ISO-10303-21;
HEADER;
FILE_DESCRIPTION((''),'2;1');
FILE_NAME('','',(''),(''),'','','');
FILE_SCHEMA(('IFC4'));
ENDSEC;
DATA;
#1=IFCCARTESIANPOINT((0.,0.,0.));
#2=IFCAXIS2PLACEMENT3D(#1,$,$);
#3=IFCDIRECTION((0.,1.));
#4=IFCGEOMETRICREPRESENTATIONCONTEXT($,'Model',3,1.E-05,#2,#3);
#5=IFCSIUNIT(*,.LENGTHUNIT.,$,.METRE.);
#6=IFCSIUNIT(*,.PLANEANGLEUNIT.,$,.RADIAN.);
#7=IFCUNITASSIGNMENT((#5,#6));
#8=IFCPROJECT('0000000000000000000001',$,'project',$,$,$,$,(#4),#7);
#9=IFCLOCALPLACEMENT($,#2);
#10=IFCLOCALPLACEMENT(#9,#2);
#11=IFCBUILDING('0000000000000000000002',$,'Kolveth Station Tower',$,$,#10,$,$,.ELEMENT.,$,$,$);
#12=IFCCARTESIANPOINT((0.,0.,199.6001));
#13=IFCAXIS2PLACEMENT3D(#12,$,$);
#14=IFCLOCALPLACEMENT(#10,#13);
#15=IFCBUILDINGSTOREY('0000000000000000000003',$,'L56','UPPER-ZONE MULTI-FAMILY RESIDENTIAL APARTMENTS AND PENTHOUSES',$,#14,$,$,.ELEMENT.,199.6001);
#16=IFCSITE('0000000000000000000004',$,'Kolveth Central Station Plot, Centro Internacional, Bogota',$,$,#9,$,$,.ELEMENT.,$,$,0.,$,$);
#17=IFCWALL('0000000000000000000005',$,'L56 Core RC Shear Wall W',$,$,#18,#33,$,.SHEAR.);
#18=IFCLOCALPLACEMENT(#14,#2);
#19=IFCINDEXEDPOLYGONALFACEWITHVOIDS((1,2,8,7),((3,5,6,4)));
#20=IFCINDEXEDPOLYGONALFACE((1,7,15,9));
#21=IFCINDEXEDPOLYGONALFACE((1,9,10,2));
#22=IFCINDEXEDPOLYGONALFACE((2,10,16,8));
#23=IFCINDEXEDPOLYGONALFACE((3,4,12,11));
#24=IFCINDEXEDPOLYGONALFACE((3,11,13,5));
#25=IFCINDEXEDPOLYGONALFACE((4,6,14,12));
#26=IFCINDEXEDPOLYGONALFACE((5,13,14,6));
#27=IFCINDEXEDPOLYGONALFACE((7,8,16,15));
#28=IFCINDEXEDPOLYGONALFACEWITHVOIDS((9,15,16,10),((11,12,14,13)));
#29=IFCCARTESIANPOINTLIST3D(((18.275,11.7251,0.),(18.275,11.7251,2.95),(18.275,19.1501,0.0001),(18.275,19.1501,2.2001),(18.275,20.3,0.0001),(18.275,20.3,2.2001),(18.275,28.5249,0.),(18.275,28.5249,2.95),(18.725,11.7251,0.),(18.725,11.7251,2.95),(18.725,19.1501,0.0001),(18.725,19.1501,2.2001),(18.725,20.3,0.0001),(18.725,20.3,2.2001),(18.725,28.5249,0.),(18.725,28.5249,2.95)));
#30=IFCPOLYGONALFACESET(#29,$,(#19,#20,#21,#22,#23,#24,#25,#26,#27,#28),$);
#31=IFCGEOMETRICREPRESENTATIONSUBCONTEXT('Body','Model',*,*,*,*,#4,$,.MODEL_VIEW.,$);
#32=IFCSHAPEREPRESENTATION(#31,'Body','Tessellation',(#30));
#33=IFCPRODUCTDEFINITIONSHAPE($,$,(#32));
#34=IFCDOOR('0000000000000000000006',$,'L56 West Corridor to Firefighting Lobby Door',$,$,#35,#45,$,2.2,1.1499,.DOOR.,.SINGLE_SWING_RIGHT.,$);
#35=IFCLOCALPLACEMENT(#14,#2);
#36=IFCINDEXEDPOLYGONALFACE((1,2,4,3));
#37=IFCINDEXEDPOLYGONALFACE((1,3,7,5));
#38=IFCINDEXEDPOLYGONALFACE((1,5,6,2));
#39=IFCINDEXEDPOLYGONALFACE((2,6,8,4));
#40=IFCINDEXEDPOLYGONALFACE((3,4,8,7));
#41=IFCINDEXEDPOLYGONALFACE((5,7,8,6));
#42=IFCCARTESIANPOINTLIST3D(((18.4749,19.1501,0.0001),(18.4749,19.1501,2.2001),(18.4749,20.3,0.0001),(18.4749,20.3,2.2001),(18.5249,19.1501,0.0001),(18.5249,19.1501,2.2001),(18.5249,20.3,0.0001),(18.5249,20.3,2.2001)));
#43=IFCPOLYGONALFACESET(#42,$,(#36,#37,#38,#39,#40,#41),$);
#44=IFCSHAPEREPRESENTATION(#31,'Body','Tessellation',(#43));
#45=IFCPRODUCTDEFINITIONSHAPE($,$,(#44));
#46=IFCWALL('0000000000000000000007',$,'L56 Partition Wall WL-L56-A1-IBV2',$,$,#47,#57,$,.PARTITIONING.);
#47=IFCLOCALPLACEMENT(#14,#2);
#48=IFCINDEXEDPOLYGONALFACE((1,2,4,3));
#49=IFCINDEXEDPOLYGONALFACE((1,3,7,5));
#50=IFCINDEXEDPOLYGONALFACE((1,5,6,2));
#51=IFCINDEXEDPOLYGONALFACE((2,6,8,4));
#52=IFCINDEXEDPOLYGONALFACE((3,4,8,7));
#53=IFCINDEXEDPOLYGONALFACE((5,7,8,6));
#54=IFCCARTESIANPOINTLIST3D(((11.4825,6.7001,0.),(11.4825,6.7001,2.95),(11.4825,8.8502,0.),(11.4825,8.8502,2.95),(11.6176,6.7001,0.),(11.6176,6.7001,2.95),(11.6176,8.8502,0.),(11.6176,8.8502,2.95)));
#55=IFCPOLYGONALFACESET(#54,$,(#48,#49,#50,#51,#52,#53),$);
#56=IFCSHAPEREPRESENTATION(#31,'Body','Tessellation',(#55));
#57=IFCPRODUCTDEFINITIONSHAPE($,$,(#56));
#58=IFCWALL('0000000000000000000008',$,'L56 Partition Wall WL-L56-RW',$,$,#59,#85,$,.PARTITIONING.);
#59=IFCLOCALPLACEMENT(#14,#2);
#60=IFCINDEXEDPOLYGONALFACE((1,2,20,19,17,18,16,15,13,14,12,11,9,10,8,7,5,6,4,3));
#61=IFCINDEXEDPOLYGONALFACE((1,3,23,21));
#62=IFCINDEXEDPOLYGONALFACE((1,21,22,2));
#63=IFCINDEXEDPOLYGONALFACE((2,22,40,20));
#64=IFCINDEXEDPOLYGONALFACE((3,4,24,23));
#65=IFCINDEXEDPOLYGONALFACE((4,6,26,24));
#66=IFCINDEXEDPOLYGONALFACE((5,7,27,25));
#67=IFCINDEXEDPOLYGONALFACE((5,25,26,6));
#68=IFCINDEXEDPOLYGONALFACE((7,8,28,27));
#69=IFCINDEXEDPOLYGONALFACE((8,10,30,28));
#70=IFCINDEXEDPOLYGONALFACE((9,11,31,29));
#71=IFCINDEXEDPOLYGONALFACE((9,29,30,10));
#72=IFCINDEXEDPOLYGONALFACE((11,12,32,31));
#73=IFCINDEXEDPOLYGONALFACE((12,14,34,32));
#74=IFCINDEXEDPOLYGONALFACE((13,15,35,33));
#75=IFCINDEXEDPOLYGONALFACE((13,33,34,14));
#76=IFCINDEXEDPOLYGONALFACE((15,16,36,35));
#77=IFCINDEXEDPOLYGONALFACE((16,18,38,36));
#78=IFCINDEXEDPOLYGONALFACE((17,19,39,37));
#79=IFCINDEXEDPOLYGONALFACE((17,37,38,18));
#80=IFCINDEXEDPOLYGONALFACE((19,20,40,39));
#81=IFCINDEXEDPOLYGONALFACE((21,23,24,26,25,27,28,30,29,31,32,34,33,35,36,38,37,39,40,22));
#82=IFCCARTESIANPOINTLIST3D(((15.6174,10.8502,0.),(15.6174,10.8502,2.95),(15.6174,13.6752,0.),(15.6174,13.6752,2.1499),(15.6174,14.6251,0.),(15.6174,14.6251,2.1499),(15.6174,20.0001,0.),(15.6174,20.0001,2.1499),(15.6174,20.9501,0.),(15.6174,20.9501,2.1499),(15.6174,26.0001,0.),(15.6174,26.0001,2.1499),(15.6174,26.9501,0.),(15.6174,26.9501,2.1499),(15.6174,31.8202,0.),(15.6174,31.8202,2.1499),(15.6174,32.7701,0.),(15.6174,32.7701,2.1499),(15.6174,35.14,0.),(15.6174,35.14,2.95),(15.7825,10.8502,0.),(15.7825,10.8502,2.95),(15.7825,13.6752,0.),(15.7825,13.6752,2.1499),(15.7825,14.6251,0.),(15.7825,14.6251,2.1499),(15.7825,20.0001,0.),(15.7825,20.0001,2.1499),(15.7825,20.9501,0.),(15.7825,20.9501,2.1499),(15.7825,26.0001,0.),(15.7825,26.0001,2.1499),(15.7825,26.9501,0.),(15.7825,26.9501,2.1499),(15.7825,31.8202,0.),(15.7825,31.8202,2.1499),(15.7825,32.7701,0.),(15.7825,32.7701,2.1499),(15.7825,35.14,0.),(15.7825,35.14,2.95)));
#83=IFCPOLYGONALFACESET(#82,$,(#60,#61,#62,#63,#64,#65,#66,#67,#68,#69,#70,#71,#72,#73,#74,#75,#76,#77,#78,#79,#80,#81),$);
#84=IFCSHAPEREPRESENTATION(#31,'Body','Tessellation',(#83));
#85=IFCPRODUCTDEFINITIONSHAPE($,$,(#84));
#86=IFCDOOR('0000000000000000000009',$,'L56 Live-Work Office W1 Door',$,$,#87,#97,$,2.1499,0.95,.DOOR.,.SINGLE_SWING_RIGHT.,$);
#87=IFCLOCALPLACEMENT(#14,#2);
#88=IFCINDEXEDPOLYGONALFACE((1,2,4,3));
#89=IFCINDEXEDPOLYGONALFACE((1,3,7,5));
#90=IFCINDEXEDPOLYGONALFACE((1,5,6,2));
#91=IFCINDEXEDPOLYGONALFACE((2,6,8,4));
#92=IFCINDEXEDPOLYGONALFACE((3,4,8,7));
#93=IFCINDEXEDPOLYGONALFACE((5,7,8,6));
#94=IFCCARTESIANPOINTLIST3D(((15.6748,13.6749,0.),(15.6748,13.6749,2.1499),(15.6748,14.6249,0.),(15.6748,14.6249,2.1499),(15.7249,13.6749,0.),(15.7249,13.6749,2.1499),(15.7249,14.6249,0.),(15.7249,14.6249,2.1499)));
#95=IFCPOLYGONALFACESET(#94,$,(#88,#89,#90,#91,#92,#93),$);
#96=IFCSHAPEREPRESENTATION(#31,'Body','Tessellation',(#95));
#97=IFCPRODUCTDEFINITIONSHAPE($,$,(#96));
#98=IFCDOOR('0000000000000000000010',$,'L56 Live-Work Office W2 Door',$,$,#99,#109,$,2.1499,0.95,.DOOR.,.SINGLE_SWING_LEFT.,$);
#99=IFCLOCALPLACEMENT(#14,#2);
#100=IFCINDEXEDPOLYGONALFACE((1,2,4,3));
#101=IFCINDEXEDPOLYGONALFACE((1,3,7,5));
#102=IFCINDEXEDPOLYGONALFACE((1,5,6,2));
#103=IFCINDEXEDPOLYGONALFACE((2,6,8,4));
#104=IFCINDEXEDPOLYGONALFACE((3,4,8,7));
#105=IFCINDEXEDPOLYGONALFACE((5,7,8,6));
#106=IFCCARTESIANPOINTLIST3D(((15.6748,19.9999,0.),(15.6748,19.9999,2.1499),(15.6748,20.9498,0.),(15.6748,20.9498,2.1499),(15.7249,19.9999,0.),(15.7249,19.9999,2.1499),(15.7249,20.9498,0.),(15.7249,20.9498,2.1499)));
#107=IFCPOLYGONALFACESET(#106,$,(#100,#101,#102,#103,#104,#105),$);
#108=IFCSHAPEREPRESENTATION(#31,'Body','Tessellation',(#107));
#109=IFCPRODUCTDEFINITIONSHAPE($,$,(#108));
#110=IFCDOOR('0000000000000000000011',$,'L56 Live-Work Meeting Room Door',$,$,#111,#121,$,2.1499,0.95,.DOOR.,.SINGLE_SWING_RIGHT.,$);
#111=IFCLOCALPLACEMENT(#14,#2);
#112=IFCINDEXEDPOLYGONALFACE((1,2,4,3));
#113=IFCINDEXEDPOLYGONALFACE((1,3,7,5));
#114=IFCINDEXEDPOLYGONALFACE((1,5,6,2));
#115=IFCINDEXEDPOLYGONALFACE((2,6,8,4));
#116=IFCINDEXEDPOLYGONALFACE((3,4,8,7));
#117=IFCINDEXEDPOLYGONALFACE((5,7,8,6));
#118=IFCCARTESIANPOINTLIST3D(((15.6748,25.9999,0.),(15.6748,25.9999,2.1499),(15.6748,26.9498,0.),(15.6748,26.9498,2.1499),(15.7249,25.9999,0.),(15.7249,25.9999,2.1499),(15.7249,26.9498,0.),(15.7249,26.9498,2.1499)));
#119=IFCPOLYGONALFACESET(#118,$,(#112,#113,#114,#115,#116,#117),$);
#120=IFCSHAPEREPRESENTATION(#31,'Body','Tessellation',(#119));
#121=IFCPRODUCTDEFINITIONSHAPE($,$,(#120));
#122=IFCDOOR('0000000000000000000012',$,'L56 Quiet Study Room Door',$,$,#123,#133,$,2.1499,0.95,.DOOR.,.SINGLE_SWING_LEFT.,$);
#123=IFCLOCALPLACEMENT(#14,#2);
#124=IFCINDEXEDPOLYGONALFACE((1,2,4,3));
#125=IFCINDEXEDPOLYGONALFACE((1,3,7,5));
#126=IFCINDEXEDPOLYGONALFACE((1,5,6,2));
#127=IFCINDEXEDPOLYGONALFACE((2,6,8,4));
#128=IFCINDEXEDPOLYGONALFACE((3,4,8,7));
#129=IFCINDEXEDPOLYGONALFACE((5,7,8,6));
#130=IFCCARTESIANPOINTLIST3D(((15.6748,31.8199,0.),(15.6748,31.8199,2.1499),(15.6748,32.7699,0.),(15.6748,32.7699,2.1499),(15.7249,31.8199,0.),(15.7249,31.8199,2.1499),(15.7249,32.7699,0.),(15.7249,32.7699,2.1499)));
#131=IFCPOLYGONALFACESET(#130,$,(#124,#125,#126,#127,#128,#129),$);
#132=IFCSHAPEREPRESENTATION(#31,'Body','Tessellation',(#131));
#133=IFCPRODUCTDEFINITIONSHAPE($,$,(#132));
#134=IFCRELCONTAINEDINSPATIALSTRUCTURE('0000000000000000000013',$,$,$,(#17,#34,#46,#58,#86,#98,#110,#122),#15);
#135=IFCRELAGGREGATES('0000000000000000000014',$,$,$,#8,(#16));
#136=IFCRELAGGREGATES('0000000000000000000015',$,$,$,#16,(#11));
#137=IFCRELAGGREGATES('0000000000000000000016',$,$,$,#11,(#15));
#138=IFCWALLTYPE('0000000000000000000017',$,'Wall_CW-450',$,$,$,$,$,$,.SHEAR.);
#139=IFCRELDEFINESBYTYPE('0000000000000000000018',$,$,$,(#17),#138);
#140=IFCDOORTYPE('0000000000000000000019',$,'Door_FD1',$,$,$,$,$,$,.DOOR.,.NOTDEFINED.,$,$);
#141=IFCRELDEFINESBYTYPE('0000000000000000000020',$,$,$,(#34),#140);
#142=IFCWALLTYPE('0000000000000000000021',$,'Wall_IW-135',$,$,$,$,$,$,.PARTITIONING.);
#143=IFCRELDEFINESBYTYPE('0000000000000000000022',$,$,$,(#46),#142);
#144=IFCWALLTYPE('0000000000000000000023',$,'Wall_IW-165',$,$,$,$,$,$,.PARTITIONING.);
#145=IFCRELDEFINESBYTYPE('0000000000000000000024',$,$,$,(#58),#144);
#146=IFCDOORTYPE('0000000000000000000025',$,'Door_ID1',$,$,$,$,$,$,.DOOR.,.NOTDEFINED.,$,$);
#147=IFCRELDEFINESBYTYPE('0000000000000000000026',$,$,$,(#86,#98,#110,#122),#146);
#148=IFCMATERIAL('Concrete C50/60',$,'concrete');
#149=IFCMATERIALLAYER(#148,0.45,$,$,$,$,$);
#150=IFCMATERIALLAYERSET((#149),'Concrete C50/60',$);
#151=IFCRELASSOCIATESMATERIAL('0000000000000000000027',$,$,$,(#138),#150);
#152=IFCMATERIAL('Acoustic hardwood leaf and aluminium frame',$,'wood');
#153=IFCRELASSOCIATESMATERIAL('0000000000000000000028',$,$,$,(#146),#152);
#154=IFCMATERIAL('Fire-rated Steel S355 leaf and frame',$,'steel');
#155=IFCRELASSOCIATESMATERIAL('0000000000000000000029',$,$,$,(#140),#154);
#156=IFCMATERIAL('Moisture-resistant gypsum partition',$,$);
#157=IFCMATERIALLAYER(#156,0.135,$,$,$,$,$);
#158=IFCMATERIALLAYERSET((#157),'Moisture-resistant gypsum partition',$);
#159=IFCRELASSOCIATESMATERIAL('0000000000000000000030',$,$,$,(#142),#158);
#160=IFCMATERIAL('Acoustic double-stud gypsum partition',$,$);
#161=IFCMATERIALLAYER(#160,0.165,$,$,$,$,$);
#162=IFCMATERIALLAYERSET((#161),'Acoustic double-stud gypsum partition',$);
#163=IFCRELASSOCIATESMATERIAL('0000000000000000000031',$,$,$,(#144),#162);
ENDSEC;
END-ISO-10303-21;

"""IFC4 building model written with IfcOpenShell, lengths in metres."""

from ifc_helpers import new_model, si_unit, direction, frame, frame_2d, origin, place, context, subcontext, project, spatial, rectangle, extrude, material, layer, layer_set, type_object, element, fill, save


model = new_model("IFC4")

# Units and contexts
model_context = context("Model", 3, precision=1e-05, world=origin(), true_north=direction((0.0, 1.0)))
body_context = subcontext(model_context, "Body", "Model", "MODEL_VIEW")
ifc_project = project(units=[si_unit("LENGTHUNIT", "METRE"), si_unit("PLANEANGLEUNIT", "RADIAN")], contexts=[model_context])

# Site, building, storey
site_placement = place(None, origin())
site = spatial("IfcSite", under=ifc_project, at=site_placement, Name="Kolveth Central Station Plot, Centro Internacional, Bogota", CompositionType="ELEMENT", RefElevation=0.0)
building_placement = place(site_placement, origin())
building = spatial("IfcBuilding", under=site, at=building_placement, Name="Kolveth Station Tower", CompositionType="ELEMENT")
storey_placement = place(building_placement, frame((0.0, 0.0, 199.6001)))
storey = spatial("IfcBuildingStorey", under=building, at=storey_placement, Name="L56", Description="UPPER-ZONE MULTI-FAMILY RESIDENTIAL APARTMENTS AND PENTHOUSES", CompositionType="ELEMENT", Elevation=199.6001)

# Shared definitions
ifc_material_1 = material(Name="Concrete C50/60", Category="concrete")
ifc_layer_1 = layer(ifc_material_1, 0.45)
ifc_layer_set_1 = layer_set([ifc_layer_1], Name="Concrete C50/60")
wall_type_1 = type_object("IfcWallType", Name="Wall_CW-450", PredefinedType="SHEAR", material=ifc_layer_set_1)
ifc_material_2 = material(Name="Acoustic hardwood leaf and aluminium frame", Category="wood")
door_type_1 = type_object("IfcDoorType", Name="Door_ID1", OperationType="NOTDEFINED", PredefinedType="DOOR", material=ifc_material_2)

# Wall, opening, door
wall_1_placement = place(storey_placement, frame((18.5, 11.7251, 0.0), z_axis=(0.0, 0.0, 1.0), x_axis=(0.0, 1.0, 0.0)))
wall_1 = element("IfcWall", 1, at=wall_1_placement, inside=storey, type_object=wall_type_1, Name="L56 Core RC Shear Wall W", PredefinedType="SHEAR", context=body_context, shape_type="SweptSolid", body=[
    extrude(rectangle(XDim=16.7998, YDim=0.45, at=frame_2d((8.3999, 0.0))), origin(), (0.0, 0.0, 1.0), 2.95),
])
opening_1_placement = place(wall_1_placement, frame((7.425, 0.0, 0.0)))
opening_1 = element("IfcOpeningElement", 2, at=opening_1_placement, cuts=wall_1, PredefinedType="OPENING", context=body_context, shape_type="SweptSolid", body=[
    extrude(rectangle(XDim=1.1499, YDim=2.2, at=frame_2d((0.575, 1.1001))), frame((0.0, 0.2349, 0.0), z_axis=(0.0, -1.0, 0.0), x_axis=(1.0, 0.0, 0.0)), (0.0, 0.0, 1.0), 0.47),
])
ifc_material_3 = material(Name="Fire-rated Steel S355 leaf and frame", Category="steel")
door_type_2 = type_object("IfcDoorType", Name="Door_FD1", OperationType="NOTDEFINED", PredefinedType="DOOR", material=ifc_material_3)
door_1_placement = place(opening_1_placement, frame((1.1499, 0.0, 0.0), z_axis=(0.0, 0.0, 1.0), x_axis=(-1.0, 0.0, 0.0)))
door_1 = element("IfcDoor", 3, at=door_1_placement, inside=storey, type_object=door_type_2, Name="L56 West Corridor to Firefighting Lobby Door", OperationType="SINGLE_SWING_RIGHT", OverallHeight=2.2, OverallWidth=1.1499, PredefinedType="DOOR", context=body_context, shape_type="SweptSolid", body=[
    extrude(rectangle(XDim=1.1499, YDim=2.2, at=frame_2d((0.575, 1.1001))), frame((0.0, 0.0249, 0.0), z_axis=(0.0, -1.0, 0.0), x_axis=(1.0, 0.0, 0.0)), (0.0, 0.0, 1.0), 0.05),
])
fill(opening_1, door_1)

# Wall
ifc_material_4 = material(Name="Moisture-resistant gypsum partition")
ifc_layer_2 = layer(ifc_material_4, 0.135)
ifc_layer_set_2 = layer_set([ifc_layer_2], Name="Moisture-resistant gypsum partition")
wall_type_2 = type_object("IfcWallType", Name="Wall_IW-135", PredefinedType="PARTITIONING", material=ifc_layer_set_2)
wall_2_placement = place(storey_placement, frame((11.55, 6.7, 0.0), z_axis=(0.0, 0.0, 1.0), x_axis=(0.0, 1.0, 0.0)))
element("IfcWall", 4, at=wall_2_placement, inside=storey, type_object=wall_type_2, Name="L56 Partition Wall WL-L56-A1-IBV2", PredefinedType="PARTITIONING", context=body_context, shape_type="SweptSolid", body=[
    extrude(rectangle(XDim=2.1501, YDim=0.135, at=frame_2d((1.0752, 0.0))), origin(), (0.0, 0.0, 1.0), 2.95),
])

# Wall, openings, doors
ifc_material_5 = material(Name="Acoustic double-stud gypsum partition")
ifc_layer_3 = layer(ifc_material_5, 0.165)
ifc_layer_set_3 = layer_set([ifc_layer_3], Name="Acoustic double-stud gypsum partition")
wall_type_3 = type_object("IfcWallType", Name="Wall_IW-165", PredefinedType="PARTITIONING", material=ifc_layer_set_3)
wall_3_placement = place(storey_placement, frame((15.7, 10.8501, 0.0), z_axis=(0.0, 0.0, 1.0), x_axis=(0.0, 1.0, 0.0)))
wall_3 = element("IfcWall", 5, at=wall_3_placement, inside=storey, type_object=wall_type_3, Name="L56 Partition Wall WL-L56-RW", PredefinedType="PARTITIONING", context=body_context, shape_type="SweptSolid", body=[
    extrude(rectangle(XDim=24.2898, YDim=0.165, at=frame_2d((12.145, 0.0))), origin(), (0.0, 0.0, 1.0), 2.95),
])
opening_2_placement = place(wall_3_placement, frame((2.825, 0.0, 0.0)))
opening_2 = element("IfcOpeningElement", 6, at=opening_2_placement, cuts=wall_3, PredefinedType="OPENING", context=body_context, shape_type="SweptSolid", body=[
    extrude(rectangle(XDim=0.95, YDim=2.1499, at=frame_2d((0.4751, 1.075))), frame((0.0, 0.0925, 0.0), z_axis=(0.0, -1.0, 0.0), x_axis=(1.0, 0.0, 0.0)), (0.0, 0.0, 1.0), 0.1851),
])
opening_3_placement = place(wall_3_placement, frame((9.1499, 0.0, 0.0)))
opening_3 = element("IfcOpeningElement", 7, at=opening_3_placement, cuts=wall_3, PredefinedType="OPENING", context=body_context, shape_type="SweptSolid", body=[
    extrude(rectangle(XDim=0.95, YDim=2.1499, at=frame_2d((0.4751, 1.075))), frame((0.0, 0.0925, 0.0), z_axis=(0.0, -1.0, 0.0), x_axis=(1.0, 0.0, 0.0)), (0.0, 0.0, 1.0), 0.1851),
])
opening_4_placement = place(wall_3_placement, frame((15.1499, 0.0, 0.0)))
opening_4 = element("IfcOpeningElement", 8, at=opening_4_placement, cuts=wall_3, PredefinedType="OPENING", context=body_context, shape_type="SweptSolid", body=[
    extrude(rectangle(XDim=0.95, YDim=2.1499, at=frame_2d((0.4751, 1.075))), frame((0.0, 0.0925, 0.0), z_axis=(0.0, -1.0, 0.0), x_axis=(1.0, 0.0, 0.0)), (0.0, 0.0, 1.0), 0.1851),
])
opening_5_placement = place(wall_3_placement, frame((20.97, 0.0, 0.0)))
opening_5 = element("IfcOpeningElement", 9, at=opening_5_placement, cuts=wall_3, PredefinedType="OPENING", context=body_context, shape_type="SweptSolid", body=[
    extrude(rectangle(XDim=0.95, YDim=2.1499, at=frame_2d((0.4751, 1.075))), frame((0.0, 0.0925, 0.0), z_axis=(0.0, -1.0, 0.0), x_axis=(1.0, 0.0, 0.0)), (0.0, 0.0, 1.0), 0.1851),
])
door_2_placement = place(opening_2_placement, frame((0.95, 0.0, 0.0), z_axis=(0.0, 0.0, 1.0), x_axis=(-1.0, 0.0, 0.0)))
door_2 = element("IfcDoor", 10, at=door_2_placement, inside=storey, type_object=door_type_1, Name="L56 Live-Work Office W1 Door", OperationType="SINGLE_SWING_RIGHT", OverallHeight=2.1499, OverallWidth=0.95, PredefinedType="DOOR", context=body_context, shape_type="SweptSolid", body=[
    extrude(rectangle(XDim=0.95, YDim=2.1499, at=frame_2d((0.4751, 1.075))), frame((0.0, 0.0249, 0.0), z_axis=(0.0, -1.0, 0.0), x_axis=(1.0, 0.0, 0.0)), (0.0, 0.0, 1.0), 0.05),
])
fill(opening_2, door_2)
door_3_placement = place(opening_3_placement, frame((0.95, 0.0, 0.0), z_axis=(0.0, 0.0, 1.0), x_axis=(-1.0, 0.0, 0.0)))
door_3 = element("IfcDoor", 11, at=door_3_placement, inside=storey, type_object=door_type_1, Name="L56 Live-Work Office W2 Door", OperationType="SINGLE_SWING_LEFT", OverallHeight=2.1499, OverallWidth=0.95, PredefinedType="DOOR", context=body_context, shape_type="SweptSolid", body=[
    extrude(rectangle(XDim=0.95, YDim=2.1499, at=frame_2d((0.4751, 1.075))), frame((0.0, 0.0249, 0.0), z_axis=(0.0, -1.0, 0.0), x_axis=(1.0, 0.0, 0.0)), (0.0, 0.0, 1.0), 0.05),
])
fill(opening_3, door_3)
door_4_placement = place(opening_4_placement, frame((0.95, 0.0, 0.0), z_axis=(0.0, 0.0, 1.0), x_axis=(-1.0, 0.0, 0.0)))
door_4 = element("IfcDoor", 12, at=door_4_placement, inside=storey, type_object=door_type_1, Name="L56 Live-Work Meeting Room Door", OperationType="SINGLE_SWING_RIGHT", OverallHeight=2.1499, OverallWidth=0.95, PredefinedType="DOOR", context=body_context, shape_type="SweptSolid", body=[
    extrude(rectangle(XDim=0.95, YDim=2.1499, at=frame_2d((0.4751, 1.075))), frame((0.0, 0.0249, 0.0), z_axis=(0.0, -1.0, 0.0), x_axis=(1.0, 0.0, 0.0)), (0.0, 0.0, 1.0), 0.05),
])
fill(opening_4, door_4)
door_5_placement = place(opening_5_placement, frame((0.95, 0.0, 0.0), z_axis=(0.0, 0.0, 1.0), x_axis=(-1.0, 0.0, 0.0)))
door_5 = element("IfcDoor", 13, at=door_5_placement, inside=storey, type_object=door_type_1, Name="L56 Quiet Study Room Door", OperationType="SINGLE_SWING_LEFT", OverallHeight=2.1499, OverallWidth=0.95, PredefinedType="DOOR", context=body_context, shape_type="SweptSolid", body=[
    extrude(rectangle(XDim=0.95, YDim=2.1499, at=frame_2d((0.4751, 1.075))), frame((0.0, 0.0249, 0.0), z_axis=(0.0, -1.0, 0.0), x_axis=(1.0, 0.0, 0.0)), (0.0, 0.0, 1.0), 0.05),
])
fill(opening_5, door_5)

save(model, "model.ifc")
